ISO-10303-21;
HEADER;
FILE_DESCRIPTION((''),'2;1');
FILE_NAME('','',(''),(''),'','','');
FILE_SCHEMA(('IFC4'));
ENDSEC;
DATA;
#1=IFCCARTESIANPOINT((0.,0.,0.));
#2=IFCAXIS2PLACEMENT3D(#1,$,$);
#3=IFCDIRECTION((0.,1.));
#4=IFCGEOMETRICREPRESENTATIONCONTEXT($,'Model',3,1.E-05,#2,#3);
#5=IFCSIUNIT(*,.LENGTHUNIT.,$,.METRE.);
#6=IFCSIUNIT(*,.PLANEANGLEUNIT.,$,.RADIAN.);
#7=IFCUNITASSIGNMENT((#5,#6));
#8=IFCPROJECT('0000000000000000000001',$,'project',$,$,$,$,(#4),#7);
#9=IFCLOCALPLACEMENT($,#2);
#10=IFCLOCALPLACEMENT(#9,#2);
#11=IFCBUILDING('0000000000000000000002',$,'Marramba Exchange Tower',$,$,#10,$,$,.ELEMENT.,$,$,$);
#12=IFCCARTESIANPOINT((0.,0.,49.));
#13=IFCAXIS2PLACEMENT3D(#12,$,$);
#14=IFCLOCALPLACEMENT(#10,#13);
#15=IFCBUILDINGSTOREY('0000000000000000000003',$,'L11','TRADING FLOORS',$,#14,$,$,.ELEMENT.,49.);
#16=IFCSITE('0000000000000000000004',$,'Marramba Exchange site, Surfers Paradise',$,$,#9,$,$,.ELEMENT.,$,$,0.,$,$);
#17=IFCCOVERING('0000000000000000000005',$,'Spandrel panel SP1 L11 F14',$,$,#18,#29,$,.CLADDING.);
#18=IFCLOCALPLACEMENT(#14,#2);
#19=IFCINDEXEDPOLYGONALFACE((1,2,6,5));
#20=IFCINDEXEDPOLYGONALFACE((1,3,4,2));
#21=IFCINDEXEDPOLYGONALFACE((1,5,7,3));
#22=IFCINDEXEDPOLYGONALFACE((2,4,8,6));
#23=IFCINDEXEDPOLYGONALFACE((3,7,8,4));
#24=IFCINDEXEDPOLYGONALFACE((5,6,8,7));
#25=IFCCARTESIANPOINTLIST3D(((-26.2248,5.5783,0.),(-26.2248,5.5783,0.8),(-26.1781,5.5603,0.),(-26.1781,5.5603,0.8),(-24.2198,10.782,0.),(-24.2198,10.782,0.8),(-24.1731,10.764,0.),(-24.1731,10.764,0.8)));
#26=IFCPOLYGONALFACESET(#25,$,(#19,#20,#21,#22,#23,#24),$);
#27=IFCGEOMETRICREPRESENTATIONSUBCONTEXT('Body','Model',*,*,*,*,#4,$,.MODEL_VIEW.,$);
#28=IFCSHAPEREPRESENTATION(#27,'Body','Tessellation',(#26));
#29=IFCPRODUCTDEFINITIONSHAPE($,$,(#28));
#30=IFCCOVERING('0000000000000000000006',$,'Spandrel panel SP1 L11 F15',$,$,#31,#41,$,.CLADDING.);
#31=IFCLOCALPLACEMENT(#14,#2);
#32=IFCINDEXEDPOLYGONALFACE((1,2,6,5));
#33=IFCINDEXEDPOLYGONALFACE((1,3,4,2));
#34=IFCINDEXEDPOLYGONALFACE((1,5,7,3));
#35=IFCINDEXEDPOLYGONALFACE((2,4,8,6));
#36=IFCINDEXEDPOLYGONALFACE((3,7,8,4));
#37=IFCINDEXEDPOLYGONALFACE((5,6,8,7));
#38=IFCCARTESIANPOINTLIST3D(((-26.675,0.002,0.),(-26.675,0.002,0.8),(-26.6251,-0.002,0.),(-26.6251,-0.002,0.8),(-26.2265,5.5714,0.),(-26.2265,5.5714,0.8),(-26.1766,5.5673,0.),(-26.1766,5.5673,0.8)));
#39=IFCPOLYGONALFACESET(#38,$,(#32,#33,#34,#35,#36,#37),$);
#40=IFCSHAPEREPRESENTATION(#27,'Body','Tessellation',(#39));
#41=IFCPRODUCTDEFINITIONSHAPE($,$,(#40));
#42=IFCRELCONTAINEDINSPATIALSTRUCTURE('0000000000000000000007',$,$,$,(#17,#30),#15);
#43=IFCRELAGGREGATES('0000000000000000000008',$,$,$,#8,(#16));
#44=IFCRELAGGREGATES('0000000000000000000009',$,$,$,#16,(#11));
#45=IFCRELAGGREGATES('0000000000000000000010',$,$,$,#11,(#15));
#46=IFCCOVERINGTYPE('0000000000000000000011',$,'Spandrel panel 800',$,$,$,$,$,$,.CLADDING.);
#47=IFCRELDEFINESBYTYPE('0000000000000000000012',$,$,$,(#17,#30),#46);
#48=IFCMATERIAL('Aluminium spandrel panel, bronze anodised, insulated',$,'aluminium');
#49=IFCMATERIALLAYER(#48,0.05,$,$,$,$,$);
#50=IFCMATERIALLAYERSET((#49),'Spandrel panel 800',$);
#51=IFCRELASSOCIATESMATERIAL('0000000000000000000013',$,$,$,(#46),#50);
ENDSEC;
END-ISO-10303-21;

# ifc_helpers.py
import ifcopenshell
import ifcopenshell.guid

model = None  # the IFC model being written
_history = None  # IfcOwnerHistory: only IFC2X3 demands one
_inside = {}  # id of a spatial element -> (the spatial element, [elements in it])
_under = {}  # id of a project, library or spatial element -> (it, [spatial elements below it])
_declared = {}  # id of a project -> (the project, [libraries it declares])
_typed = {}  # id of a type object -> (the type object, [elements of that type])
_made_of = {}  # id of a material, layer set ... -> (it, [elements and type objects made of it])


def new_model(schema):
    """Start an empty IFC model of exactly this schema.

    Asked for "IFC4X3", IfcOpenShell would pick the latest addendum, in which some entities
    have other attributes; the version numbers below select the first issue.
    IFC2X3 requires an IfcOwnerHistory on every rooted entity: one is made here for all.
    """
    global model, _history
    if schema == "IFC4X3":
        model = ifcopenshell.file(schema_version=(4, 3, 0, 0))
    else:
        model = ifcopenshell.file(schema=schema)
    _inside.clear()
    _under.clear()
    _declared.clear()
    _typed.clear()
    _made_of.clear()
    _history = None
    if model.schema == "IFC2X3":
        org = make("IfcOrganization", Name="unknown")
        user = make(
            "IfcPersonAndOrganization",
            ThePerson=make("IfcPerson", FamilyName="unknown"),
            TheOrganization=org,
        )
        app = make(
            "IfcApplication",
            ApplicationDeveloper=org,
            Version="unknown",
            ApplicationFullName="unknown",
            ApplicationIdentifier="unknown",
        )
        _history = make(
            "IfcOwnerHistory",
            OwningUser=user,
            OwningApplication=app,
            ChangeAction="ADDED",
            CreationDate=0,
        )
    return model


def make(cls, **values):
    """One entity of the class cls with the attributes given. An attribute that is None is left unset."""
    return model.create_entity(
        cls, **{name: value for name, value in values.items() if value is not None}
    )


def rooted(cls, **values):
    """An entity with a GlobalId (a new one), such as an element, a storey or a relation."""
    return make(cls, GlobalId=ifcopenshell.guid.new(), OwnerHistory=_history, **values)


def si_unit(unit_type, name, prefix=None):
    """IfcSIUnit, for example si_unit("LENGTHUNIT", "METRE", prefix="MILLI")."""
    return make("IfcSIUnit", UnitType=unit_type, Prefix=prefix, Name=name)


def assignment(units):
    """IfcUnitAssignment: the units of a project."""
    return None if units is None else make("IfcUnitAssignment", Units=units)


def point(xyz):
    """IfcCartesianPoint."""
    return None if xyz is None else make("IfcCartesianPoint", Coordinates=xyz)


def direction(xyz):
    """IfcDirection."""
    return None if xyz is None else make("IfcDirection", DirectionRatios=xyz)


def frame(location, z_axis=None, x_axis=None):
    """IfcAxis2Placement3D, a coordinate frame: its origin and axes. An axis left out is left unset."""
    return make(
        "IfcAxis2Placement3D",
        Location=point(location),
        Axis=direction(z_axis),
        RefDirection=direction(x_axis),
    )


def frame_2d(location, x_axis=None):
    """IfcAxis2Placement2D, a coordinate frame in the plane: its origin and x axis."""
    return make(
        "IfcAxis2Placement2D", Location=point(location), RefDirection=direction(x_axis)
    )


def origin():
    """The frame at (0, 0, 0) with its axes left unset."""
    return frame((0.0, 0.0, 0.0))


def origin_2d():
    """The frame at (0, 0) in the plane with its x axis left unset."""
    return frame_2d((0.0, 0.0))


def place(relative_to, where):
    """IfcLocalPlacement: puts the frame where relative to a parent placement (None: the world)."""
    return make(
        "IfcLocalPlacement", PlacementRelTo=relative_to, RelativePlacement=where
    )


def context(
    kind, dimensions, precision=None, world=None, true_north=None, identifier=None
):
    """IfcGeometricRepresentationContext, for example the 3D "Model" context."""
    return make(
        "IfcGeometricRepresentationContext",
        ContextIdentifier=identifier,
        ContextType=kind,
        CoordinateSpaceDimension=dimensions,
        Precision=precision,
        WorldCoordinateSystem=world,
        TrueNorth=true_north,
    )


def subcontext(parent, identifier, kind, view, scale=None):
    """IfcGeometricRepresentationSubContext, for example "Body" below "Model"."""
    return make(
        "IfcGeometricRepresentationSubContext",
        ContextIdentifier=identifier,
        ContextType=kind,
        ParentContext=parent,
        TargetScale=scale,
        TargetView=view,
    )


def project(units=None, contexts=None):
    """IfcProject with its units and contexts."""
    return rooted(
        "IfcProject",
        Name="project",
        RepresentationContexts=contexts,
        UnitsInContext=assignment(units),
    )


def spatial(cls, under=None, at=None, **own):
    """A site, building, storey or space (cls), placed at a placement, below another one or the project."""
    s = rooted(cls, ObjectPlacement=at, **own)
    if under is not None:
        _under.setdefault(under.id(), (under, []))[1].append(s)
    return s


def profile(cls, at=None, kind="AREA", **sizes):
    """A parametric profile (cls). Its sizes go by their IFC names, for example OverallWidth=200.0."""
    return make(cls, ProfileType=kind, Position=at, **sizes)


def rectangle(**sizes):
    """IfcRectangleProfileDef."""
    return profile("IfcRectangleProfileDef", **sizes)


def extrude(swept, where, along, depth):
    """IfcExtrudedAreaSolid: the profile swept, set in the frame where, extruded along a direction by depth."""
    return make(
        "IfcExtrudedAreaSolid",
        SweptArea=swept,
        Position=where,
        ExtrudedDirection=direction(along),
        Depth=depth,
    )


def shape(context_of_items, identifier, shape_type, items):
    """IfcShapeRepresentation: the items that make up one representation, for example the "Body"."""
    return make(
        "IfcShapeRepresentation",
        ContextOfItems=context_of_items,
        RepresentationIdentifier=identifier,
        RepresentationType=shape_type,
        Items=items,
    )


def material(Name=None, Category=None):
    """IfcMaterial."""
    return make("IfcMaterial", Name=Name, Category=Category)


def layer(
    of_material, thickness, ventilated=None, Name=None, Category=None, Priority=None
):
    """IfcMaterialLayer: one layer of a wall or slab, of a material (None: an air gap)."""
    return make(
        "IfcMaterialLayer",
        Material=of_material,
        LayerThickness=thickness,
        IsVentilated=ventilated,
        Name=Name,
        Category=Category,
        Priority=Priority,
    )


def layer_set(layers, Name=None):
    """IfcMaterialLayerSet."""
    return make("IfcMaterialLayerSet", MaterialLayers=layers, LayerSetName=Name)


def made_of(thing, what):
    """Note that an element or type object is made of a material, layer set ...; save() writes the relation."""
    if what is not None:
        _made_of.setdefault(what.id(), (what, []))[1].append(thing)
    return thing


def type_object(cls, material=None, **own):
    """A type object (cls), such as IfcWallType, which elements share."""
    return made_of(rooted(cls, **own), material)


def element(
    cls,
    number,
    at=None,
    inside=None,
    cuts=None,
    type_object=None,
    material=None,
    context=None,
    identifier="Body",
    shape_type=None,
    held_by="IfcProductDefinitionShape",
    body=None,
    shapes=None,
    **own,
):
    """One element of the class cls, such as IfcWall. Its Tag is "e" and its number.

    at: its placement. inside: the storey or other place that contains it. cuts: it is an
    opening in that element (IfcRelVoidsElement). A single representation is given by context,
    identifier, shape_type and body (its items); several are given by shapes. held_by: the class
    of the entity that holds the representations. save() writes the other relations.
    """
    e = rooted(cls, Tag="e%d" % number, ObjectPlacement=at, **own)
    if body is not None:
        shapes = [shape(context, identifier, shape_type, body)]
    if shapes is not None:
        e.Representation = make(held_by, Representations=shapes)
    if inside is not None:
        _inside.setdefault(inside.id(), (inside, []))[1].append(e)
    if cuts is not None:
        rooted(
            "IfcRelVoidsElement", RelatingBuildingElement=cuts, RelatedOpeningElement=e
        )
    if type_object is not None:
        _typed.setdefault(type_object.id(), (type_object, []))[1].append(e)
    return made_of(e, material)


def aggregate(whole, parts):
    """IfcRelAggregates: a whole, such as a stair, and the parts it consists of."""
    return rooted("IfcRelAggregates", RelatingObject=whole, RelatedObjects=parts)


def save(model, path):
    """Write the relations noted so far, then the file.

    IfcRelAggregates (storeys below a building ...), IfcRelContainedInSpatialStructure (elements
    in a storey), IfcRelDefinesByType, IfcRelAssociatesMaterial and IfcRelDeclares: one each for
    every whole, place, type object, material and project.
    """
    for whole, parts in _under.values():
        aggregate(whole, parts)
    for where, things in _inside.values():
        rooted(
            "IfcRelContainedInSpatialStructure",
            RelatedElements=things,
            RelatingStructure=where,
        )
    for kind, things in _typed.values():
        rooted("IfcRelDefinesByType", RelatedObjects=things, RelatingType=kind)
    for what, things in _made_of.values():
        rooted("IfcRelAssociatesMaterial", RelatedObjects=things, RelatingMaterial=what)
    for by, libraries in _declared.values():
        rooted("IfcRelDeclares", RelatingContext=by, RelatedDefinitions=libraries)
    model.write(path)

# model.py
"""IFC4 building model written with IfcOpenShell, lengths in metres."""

from ifc_helpers import new_model, si_unit, direction, frame, origin, origin_2d, place, context, subcontext, project, spatial, rectangle, extrude, material, layer, layer_set, type_object, element, save


model = new_model("IFC4")

# Units and contexts
model_context = context("Model", 3, precision=1e-05, world=origin(), true_north=direction((0.0, 1.0)))
body_context = subcontext(model_context, "Body", "Model", "MODEL_VIEW")
ifc_project = project(units=[si_unit("LENGTHUNIT", "METRE"), si_unit("PLANEANGLEUNIT", "RADIAN")], contexts=[model_context])

# Site, building, storey
site_placement = place(None, origin())
site = spatial("IfcSite", under=ifc_project, at=site_placement, Name="Marramba Exchange site, Surfers Paradise", CompositionType="ELEMENT", RefElevation=0.0)
building_placement = place(site_placement, origin())
building = spatial("IfcBuilding", under=site, at=building_placement, Name="Marramba Exchange Tower", CompositionType="ELEMENT")
storey_placement = place(building_placement, frame((0.0, 0.0, 49.0)))
storey = spatial("IfcBuildingStorey", under=building, at=storey_placement, Name="L11", Description="TRADING FLOORS", CompositionType="ELEMENT", Elevation=49.0)

# Coverings
ifc_material_1 = material(Name="Aluminium spandrel panel, bronze anodised, insulated", Category="aluminium")
ifc_layer_1 = layer(ifc_material_1, 0.05)
ifc_layer_set_1 = layer_set([ifc_layer_1], Name="Spandrel panel 800")
covering_type = type_object("IfcCoveringType", Name="Spandrel panel 800", PredefinedType="CLADDING", material=ifc_layer_set_1)
covering_1_placement = place(storey_placement, frame((-25.199, 8.1711, 0.0), z_axis=(0.0, 0.0, 1.0), x_axis=(-0.359526, -0.933135, 0.0)))
element("IfcCovering", 1, at=covering_1_placement, inside=storey, type_object=covering_type, Name="Spandrel panel SP1 L11 F14", PredefinedType="CLADDING", context=body_context, shape_type="SweptSolid", body=[
    extrude(rectangle(XDim=5.5767, YDim=0.05, at=origin_2d()), origin(), (0.0, 0.0, 1.0), 0.8),
])
covering_2_placement = place(storey_placement, frame((-26.4258, 2.7847, 0.0), z_axis=(0.0, 0.0, 1.0), x_axis=(-0.080275, -0.996773, 0.0)))
element("IfcCovering", 2, at=covering_2_placement, inside=storey, type_object=covering_type, Name="Spandrel panel SP1 L11 F15", PredefinedType="CLADDING", context=body_context, shape_type="SweptSolid", body=[
    extrude(rectangle(XDim=5.5874, YDim=0.05, at=origin_2d()), origin(), (0.0, 0.0, 1.0), 0.8),
])

save(model, "model.ifc")
